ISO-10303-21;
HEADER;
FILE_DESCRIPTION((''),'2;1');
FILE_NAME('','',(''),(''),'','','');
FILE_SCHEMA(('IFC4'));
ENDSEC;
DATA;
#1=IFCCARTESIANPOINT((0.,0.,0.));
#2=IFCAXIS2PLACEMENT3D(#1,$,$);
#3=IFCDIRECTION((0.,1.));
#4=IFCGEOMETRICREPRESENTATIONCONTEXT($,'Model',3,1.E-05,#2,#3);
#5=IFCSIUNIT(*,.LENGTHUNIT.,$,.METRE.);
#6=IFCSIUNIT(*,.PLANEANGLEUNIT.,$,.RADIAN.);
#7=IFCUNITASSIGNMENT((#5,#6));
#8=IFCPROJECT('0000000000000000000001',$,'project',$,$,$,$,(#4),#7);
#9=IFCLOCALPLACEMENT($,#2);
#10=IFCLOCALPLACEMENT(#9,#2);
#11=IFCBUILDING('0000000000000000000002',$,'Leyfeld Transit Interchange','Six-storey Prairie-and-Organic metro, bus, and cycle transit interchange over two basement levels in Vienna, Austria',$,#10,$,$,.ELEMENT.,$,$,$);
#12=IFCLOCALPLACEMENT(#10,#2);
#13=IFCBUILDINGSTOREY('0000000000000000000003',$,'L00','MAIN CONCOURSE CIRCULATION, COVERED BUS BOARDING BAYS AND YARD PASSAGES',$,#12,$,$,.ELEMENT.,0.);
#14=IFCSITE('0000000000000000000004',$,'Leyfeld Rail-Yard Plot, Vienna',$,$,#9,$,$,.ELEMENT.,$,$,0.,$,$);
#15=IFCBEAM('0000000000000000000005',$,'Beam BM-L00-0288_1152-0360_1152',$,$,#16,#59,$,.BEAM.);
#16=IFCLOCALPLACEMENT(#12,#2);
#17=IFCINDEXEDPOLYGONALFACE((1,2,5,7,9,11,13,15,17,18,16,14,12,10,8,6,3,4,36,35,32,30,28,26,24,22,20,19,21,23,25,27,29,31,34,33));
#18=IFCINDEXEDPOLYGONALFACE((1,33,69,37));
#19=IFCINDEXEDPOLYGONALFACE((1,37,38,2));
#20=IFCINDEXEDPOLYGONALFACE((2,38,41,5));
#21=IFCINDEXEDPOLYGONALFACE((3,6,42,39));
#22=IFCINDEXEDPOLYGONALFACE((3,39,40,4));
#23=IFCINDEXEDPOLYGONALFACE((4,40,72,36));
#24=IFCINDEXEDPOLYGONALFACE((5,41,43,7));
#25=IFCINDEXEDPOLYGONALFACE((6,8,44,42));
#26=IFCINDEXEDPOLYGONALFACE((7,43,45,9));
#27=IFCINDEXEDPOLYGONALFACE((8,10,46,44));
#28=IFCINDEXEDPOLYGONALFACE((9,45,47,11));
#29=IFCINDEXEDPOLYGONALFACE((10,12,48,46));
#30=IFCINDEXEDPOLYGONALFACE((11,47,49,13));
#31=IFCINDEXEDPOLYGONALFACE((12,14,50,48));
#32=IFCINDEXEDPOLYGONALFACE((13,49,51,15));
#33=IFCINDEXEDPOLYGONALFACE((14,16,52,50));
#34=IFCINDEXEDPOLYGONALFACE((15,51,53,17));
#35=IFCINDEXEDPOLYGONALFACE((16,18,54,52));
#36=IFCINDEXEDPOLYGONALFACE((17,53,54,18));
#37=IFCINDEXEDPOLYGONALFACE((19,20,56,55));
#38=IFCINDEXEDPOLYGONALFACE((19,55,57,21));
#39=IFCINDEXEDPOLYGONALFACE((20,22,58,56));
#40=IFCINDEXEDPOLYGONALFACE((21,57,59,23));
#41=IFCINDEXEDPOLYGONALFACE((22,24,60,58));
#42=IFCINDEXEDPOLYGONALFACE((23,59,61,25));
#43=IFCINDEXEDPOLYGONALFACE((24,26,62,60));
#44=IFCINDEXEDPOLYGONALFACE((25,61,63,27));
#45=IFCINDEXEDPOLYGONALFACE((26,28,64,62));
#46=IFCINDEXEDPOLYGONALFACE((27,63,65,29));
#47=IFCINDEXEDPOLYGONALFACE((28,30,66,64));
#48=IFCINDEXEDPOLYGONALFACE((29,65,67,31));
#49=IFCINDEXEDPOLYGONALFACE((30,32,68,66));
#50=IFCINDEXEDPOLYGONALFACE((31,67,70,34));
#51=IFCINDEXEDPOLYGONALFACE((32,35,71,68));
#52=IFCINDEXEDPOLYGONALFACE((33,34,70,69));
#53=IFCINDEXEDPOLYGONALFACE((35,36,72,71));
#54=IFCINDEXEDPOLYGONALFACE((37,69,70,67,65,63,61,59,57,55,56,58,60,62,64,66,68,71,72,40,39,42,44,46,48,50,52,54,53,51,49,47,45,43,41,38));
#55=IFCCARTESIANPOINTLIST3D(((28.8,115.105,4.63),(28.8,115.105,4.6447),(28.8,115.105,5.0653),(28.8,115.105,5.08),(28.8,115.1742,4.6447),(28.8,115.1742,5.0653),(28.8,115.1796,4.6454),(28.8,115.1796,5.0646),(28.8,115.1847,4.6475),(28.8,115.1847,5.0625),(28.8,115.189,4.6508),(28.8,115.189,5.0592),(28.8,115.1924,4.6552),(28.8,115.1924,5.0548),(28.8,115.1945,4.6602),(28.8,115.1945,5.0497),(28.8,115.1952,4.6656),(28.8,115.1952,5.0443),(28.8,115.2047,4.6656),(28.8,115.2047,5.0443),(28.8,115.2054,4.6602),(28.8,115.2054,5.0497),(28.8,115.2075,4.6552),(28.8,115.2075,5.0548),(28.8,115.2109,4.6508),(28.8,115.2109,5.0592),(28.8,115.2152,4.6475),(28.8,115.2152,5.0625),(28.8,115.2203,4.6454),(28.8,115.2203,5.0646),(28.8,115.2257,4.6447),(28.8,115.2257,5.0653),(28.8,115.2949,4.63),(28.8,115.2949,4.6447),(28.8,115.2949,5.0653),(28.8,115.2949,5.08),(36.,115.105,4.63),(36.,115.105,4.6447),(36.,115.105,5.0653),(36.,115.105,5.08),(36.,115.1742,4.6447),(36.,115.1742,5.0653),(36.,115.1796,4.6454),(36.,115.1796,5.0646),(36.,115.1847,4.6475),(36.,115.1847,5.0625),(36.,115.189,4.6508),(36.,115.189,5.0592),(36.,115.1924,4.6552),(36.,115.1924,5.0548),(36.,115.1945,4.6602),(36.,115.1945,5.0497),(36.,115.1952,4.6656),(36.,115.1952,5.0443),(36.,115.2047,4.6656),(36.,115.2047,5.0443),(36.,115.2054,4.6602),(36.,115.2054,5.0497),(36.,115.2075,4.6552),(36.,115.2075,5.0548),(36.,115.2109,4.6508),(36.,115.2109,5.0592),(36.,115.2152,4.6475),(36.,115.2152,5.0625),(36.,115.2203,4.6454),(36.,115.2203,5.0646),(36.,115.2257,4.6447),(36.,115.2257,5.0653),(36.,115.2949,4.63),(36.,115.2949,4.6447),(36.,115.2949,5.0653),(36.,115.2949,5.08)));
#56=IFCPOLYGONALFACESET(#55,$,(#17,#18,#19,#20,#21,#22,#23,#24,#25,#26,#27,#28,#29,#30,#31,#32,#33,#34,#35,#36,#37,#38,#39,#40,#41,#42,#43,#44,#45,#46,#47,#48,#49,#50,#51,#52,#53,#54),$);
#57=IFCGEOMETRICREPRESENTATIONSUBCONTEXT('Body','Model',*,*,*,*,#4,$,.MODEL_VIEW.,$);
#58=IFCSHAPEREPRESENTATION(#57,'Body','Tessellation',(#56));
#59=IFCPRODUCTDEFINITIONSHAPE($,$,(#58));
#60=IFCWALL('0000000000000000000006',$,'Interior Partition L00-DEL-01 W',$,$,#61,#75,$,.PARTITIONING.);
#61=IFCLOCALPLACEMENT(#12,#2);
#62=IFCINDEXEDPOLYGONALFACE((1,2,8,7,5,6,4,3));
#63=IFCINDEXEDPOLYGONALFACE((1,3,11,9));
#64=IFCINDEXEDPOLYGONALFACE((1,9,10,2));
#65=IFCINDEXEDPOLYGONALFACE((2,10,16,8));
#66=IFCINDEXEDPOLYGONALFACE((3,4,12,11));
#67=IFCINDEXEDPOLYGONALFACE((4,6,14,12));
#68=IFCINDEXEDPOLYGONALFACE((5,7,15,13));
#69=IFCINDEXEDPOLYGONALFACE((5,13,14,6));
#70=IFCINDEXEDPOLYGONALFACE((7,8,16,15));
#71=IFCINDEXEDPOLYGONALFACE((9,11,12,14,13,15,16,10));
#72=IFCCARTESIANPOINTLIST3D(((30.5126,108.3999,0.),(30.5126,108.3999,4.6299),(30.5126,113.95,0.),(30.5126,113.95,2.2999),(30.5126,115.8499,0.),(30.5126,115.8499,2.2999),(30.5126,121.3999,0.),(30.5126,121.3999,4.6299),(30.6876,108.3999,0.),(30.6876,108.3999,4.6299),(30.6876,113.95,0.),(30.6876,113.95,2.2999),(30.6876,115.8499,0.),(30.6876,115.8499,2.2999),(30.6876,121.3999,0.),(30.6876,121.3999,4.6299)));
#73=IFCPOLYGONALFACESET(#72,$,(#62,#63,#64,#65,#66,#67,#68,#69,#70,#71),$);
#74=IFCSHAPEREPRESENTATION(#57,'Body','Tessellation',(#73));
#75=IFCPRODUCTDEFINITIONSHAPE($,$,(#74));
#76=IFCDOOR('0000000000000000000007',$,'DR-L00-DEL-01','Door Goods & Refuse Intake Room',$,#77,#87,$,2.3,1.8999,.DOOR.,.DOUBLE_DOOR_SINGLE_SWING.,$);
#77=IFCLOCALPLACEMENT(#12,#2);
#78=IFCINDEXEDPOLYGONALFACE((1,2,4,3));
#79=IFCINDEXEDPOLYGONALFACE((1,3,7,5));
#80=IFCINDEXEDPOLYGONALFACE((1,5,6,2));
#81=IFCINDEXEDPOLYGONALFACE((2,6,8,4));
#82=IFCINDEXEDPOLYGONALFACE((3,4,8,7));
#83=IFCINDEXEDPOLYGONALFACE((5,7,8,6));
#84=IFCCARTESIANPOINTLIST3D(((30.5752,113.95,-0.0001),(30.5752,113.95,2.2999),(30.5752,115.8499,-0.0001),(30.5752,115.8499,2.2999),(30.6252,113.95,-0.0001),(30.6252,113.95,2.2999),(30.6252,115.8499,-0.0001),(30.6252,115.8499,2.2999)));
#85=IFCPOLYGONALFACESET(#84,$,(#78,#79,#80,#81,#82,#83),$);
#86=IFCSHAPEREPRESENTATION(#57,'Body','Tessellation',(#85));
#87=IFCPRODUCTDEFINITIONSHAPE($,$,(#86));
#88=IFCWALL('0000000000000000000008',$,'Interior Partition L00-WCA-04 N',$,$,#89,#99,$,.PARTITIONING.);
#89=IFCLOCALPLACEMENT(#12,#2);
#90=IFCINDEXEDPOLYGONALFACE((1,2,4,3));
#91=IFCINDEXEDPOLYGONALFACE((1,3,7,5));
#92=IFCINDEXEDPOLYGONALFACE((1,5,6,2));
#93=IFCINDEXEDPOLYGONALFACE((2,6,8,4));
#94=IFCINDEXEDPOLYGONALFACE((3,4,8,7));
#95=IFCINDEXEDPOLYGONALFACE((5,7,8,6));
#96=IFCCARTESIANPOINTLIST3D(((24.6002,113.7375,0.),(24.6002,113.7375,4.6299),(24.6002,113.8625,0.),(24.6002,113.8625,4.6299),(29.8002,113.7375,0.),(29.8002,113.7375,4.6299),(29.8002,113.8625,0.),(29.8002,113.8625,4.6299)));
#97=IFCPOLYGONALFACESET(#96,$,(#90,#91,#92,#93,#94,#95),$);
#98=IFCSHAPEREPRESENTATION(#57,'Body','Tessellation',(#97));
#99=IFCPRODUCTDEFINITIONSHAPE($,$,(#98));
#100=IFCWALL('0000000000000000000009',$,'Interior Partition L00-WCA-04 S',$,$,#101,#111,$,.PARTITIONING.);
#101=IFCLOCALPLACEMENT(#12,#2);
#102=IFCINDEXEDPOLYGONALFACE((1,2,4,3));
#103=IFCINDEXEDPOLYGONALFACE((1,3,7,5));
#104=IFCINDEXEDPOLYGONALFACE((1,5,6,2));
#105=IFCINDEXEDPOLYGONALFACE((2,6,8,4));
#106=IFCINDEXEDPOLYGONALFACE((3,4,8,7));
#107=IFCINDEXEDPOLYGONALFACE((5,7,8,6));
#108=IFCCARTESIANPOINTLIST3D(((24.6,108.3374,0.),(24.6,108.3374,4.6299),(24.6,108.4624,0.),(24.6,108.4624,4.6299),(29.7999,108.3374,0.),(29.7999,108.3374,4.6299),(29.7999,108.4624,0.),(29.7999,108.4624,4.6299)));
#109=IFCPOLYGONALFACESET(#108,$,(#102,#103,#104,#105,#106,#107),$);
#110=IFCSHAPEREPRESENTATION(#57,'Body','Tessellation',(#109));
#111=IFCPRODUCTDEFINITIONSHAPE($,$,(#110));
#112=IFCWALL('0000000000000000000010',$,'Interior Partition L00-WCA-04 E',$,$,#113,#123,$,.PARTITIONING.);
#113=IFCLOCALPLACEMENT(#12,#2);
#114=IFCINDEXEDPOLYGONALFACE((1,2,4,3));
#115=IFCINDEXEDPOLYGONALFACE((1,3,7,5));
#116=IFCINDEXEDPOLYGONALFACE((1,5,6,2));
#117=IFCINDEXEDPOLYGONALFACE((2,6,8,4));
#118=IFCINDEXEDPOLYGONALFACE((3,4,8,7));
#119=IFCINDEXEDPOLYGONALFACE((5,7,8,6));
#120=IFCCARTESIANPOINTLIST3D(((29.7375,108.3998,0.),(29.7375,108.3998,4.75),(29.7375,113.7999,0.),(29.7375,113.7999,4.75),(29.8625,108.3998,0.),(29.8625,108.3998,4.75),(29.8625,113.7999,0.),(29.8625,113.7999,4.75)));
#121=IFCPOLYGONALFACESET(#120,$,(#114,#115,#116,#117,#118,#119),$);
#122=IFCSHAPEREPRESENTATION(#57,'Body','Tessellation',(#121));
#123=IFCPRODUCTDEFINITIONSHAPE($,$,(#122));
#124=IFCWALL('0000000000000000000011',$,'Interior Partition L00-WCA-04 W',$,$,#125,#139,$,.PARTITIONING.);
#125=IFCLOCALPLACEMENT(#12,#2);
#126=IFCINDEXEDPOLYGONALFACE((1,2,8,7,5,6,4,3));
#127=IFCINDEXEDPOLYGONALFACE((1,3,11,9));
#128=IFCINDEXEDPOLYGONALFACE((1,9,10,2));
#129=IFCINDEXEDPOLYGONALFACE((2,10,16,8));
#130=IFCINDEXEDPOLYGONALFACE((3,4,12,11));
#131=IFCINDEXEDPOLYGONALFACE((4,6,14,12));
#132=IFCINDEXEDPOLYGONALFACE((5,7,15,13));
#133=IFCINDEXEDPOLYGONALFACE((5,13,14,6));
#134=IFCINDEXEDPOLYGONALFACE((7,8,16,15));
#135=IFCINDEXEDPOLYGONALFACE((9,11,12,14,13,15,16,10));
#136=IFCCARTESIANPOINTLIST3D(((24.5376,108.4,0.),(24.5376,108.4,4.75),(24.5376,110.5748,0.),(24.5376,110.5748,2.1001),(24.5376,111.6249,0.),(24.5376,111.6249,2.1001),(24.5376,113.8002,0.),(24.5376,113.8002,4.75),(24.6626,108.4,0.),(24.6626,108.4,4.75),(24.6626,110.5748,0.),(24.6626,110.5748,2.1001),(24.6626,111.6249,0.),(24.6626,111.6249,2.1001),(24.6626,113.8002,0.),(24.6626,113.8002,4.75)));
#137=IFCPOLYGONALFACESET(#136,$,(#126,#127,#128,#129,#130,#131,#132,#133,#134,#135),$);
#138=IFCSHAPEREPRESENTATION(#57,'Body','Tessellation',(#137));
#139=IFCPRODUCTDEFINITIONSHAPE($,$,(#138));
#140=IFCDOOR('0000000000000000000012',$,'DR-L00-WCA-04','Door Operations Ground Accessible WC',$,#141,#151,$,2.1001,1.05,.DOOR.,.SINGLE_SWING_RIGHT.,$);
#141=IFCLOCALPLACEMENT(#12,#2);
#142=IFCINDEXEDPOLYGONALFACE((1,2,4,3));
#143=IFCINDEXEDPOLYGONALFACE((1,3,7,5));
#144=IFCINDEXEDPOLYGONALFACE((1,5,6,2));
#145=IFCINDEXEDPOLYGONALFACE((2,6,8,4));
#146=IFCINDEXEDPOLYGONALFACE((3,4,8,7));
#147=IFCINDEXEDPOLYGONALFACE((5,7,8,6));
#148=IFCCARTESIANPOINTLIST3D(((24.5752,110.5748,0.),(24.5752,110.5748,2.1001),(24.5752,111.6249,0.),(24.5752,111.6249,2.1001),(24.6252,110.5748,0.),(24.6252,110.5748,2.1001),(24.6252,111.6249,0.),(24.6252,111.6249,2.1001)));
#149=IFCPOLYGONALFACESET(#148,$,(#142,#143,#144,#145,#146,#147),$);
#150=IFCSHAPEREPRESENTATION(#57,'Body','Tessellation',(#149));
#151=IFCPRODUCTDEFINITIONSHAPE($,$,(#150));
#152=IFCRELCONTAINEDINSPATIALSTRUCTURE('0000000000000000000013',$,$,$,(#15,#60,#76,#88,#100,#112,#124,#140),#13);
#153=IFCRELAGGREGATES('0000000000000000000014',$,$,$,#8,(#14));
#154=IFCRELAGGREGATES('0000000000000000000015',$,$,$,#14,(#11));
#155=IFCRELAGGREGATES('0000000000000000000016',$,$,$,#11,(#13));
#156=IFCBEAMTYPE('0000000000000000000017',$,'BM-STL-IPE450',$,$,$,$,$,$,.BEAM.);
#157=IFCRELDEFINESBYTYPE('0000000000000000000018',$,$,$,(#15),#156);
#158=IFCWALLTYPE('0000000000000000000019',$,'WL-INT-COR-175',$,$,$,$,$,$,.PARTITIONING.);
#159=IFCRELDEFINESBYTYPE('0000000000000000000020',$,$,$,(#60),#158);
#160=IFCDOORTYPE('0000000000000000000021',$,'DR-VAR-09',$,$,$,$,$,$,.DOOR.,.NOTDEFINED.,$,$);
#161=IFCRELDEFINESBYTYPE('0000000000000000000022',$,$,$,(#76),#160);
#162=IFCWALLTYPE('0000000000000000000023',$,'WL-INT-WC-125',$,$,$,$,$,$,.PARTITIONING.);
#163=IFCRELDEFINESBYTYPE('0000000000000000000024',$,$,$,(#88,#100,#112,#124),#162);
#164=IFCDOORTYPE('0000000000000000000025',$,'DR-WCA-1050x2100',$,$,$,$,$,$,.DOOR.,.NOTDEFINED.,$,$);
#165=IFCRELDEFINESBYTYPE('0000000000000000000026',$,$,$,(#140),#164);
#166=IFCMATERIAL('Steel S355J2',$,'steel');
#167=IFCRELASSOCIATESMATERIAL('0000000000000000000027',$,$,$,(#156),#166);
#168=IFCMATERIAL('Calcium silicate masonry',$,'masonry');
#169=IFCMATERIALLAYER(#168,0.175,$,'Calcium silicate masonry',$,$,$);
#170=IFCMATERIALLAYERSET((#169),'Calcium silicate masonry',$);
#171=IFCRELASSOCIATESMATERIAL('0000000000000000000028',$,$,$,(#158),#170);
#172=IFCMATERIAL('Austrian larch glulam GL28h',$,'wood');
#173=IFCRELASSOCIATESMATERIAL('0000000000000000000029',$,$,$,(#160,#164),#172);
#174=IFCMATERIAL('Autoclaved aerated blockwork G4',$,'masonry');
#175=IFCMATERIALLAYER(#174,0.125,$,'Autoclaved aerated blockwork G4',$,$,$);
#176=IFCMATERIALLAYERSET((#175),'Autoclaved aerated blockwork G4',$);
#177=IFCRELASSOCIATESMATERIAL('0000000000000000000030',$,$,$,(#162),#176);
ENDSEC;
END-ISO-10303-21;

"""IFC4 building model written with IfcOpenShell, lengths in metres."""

from ifc_helpers import new_model, si_unit, direction, frame, frame_2d, origin, origin_2d, place, context, subcontext, project, spatial, rectangle, i_section, extrude, material, layer, layer_set, material_profile, profile_set, type_object, element, fill, save


model = new_model("IFC4")

# Units and contexts
model_context = context("Model", 3, precision=1e-05, world=origin(), true_north=direction((0.0, 1.0)))
body_context = subcontext(model_context, "Body", "Model", "MODEL_VIEW")
ifc_project = project(units=[si_unit("LENGTHUNIT", "METRE"), si_unit("PLANEANGLEUNIT", "RADIAN")], contexts=[model_context])

# Site, building, storey
site_placement = place(None, origin())
site = spatial("IfcSite", under=ifc_project, at=site_placement, Name="Leyfeld Rail-Yard Plot, Vienna", CompositionType="ELEMENT", RefElevation=0.0)
building_placement = place(site_placement, origin())
building = spatial("IfcBuilding", under=site, at=building_placement, Name="Leyfeld Transit Interchange", Description="Six-storey Prairie-and-Organic metro, bus, and cycle transit interchange over two basement levels in Vienna, Austria", CompositionType="ELEMENT")
storey_placement = place(building_placement, origin())
storey = spatial("IfcBuildingStorey", under=building, at=storey_placement, Name="L00", Description="MAIN CONCOURSE CIRCULATION, COVERED BUS BOARDING BAYS AND YARD PASSAGES", CompositionType="ELEMENT", Elevation=0.0)

# Beam
ifc_material_1 = material(Name="Steel S355J2", Category="steel")
ifc_material_profile_1 = material_profile(ifc_material_1, i_section(OverallWidth=0.1899, OverallDepth=0.45, WebThickness=0.0095, FlangeThickness=0.0146, FilletRadius=0.021, at=origin_2d()), Name="IPE 450")
ifc_profile_set_1 = profile_set([ifc_material_profile_1], Name="Steel S355J2")
beam_type_1 = type_object("IfcBeamType", Name="BM-STL-IPE450", PredefinedType="BEAM", material=ifc_profile_set_1)
for number, where, z_axis, x_axis, name in (
    (1, (28.8, 115.2, 4.855), (1.0, 0.0, 0.0), (0.0, 1.0, 0.0), "Beam BM-L00-0288_1152-0360_1152"),
):
    element("IfcBeam", number, at=place(storey_placement, frame(where, z_axis=z_axis, x_axis=x_axis)), inside=storey, type_object=beam_type_1, Name=name, PredefinedType="BEAM", context=body_context, shape_type="SweptSolid", body=[
        extrude(i_section(OverallWidth=0.1899, OverallDepth=0.45, WebThickness=0.0095, FlangeThickness=0.0146, FilletRadius=0.021, at=origin_2d()), origin(), (0.0, 0.0, 1.0), 7.2),
    ])

# Wall, opening, door
ifc_material_2 = material(Name="Calcium silicate masonry", Category="masonry")
ifc_layer_1 = layer(ifc_material_2, 0.175, Name="Calcium silicate masonry")
ifc_layer_set_1 = layer_set([ifc_layer_1], Name="Calcium silicate masonry")
wall_type_1 = type_object("IfcWallType", Name="WL-INT-COR-175", PredefinedType="PARTITIONING", material=ifc_layer_set_1)
wall_1_placement = place(storey_placement, frame((30.6001, 108.3999, 0.0), z_axis=(0.0, 0.0, 1.0), x_axis=(0.0, 1.0, 0.0)))
wall_1 = element("IfcWall", 2, at=wall_1_placement, inside=storey, type_object=wall_type_1, Name="Interior Partition L00-DEL-01 W", PredefinedType="PARTITIONING", context=body_context, shape_type="SweptSolid", body=[
    extrude(rectangle(XDim=13.0, YDim=0.175, at=frame_2d((6.5, 0.0))), origin(), (0.0, 0.0, 1.0), 4.6299),
])
opening_1_placement = place(wall_1_placement, frame((5.55, 0.0, 0.0)))
opening_1 = element("IfcOpeningElement", 3, at=opening_1_placement, cuts=wall_1, PredefinedType="OPENING", context=body_context, shape_type="SweptSolid", body=[
    extrude(rectangle(XDim=1.8999, YDim=2.3, at=frame_2d((0.95, 1.1499))), frame((0.0, 0.0974, 0.0), z_axis=(0.0, -1.0, 0.0), x_axis=(1.0, 0.0, 0.0)), (0.0, 0.0, 1.0), 0.1951),
])
ifc_material_3 = material(Name="Austrian larch glulam GL28h", Category="wood")
door_type_1 = type_object("IfcDoorType", Name="DR-VAR-09", OperationType="NOTDEFINED", PredefinedType="DOOR", material=ifc_material_3)
door_1_placement = place(opening_1_placement, origin())
door_1 = element("IfcDoor", 4, at=door_1_placement, inside=storey, type_object=door_type_1, Name="DR-L00-DEL-01", Description="Door Goods & Refuse Intake Room", OperationType="DOUBLE_DOOR_SINGLE_SWING", OverallHeight=2.3, OverallWidth=1.8999, PredefinedType="DOOR", context=body_context, shape_type="SweptSolid", body=[
    extrude(rectangle(XDim=1.8999, YDim=2.3, at=frame_2d((0.95, 1.1499))), frame((0.0, 0.0249, 0.0), z_axis=(0.0, -1.0, 0.0), x_axis=(1.0, 0.0, 0.0)), (0.0, 0.0, 1.0), 0.05),
])
fill(opening_1, door_1)

# Walls
ifc_material_4 = material(Name="Autoclaved aerated blockwork G4", Category="masonry")
ifc_layer_2 = layer(ifc_material_4, 0.125, Name="Autoclaved aerated blockwork G4")
ifc_layer_set_2 = layer_set([ifc_layer_2], Name="Autoclaved aerated blockwork G4")
wall_type_2 = type_object("IfcWallType", Name="WL-INT-WC-125", PredefinedType="PARTITIONING", material=ifc_layer_set_2)
for number, where, z_axis, x_axis, name in (
    (5, (24.6001, 113.8, 0.0), (0.0, 0.0, 1.0), (1.0, 0.0, 0.0), "Interior Partition L00-WCA-04 N"),
    (6, (29.8, 108.3999, 0.0), (0.0, 0.0, 1.0), (-1.0, 0.0, 0.0), "Interior Partition L00-WCA-04 S"),
):
    element("IfcWall", number, at=place(storey_placement, frame(where, z_axis=z_axis, x_axis=x_axis)), inside=storey, type_object=wall_type_2, Name=name, PredefinedType="PARTITIONING", context=body_context, shape_type="SweptSolid", body=[
        extrude(rectangle(XDim=5.2, YDim=0.125, at=frame_2d((2.6001, 0.0))), origin(), (0.0, 0.0, 1.0), 4.6299),
    ])
wall_2_placement = place(storey_placement, frame((29.8, 113.8, 0.0), z_axis=(0.0, 0.0, 1.0), x_axis=(0.0, -1.0, 0.0)))
element("IfcWall", 7, at=wall_2_placement, inside=storey, type_object=wall_type_2, Name="Interior Partition L00-WCA-04 E", PredefinedType="PARTITIONING", context=body_context, shape_type="SweptSolid", body=[
    extrude(rectangle(XDim=5.4001, YDim=0.125, at=frame_2d((2.7002, 0.0))), origin(), (0.0, 0.0, 1.0), 4.75),
])

# Wall, opening, door
wall_3_placement = place(storey_placement, frame((24.6001, 108.3999, 0.0), z_axis=(0.0, 0.0, 1.0), x_axis=(0.0, 1.0, 0.0)))
wall_3 = element("IfcWall", 8, at=wall_3_placement, inside=storey, type_object=wall_type_2, Name="Interior Partition L00-WCA-04 W", PredefinedType="PARTITIONING", context=body_context, shape_type="SweptSolid", body=[
    extrude(rectangle(XDim=5.4001, YDim=0.125, at=frame_2d((2.7002, 0.0))), origin(), (0.0, 0.0, 1.0), 4.75),
])
opening_2_placement = place(wall_3_placement, frame((2.175, 0.0, 0.0)))
opening_2 = element("IfcOpeningElement", 9, at=opening_2_placement, cuts=wall_3, PredefinedType="OPENING", context=body_context, shape_type="SweptSolid", body=[
    extrude(rectangle(XDim=1.05, YDim=2.1001, at=frame_2d((0.5249, 1.05))), frame((0.0, 0.0725, 0.0), z_axis=(0.0, -1.0, 0.0), x_axis=(1.0, 0.0, 0.0)), (0.0, 0.0, 1.0), 0.145),
])
door_type_2 = type_object("IfcDoorType", Name="DR-WCA-1050x2100", OperationType="NOTDEFINED", PredefinedType="DOOR", material=ifc_material_3)
door_2_placement = place(opening_2_placement, origin())
door_2 = element("IfcDoor", 10, at=door_2_placement, inside=storey, type_object=door_type_2, Name="DR-L00-WCA-04", Description="Door Operations Ground Accessible WC", OperationType="SINGLE_SWING_RIGHT", OverallHeight=2.1001, OverallWidth=1.05, PredefinedType="DOOR", context=body_context, shape_type="SweptSolid", body=[
    extrude(rectangle(XDim=1.05, YDim=2.1001, at=frame_2d((0.5249, 1.05))), frame((0.0, 0.0249, 0.0), z_axis=(0.0, -1.0, 0.0), x_axis=(1.0, 0.0, 0.0)), (0.0, 0.0, 1.0), 0.05),
])
fill(opening_2, door_2)

save(model, "model.ifc")
